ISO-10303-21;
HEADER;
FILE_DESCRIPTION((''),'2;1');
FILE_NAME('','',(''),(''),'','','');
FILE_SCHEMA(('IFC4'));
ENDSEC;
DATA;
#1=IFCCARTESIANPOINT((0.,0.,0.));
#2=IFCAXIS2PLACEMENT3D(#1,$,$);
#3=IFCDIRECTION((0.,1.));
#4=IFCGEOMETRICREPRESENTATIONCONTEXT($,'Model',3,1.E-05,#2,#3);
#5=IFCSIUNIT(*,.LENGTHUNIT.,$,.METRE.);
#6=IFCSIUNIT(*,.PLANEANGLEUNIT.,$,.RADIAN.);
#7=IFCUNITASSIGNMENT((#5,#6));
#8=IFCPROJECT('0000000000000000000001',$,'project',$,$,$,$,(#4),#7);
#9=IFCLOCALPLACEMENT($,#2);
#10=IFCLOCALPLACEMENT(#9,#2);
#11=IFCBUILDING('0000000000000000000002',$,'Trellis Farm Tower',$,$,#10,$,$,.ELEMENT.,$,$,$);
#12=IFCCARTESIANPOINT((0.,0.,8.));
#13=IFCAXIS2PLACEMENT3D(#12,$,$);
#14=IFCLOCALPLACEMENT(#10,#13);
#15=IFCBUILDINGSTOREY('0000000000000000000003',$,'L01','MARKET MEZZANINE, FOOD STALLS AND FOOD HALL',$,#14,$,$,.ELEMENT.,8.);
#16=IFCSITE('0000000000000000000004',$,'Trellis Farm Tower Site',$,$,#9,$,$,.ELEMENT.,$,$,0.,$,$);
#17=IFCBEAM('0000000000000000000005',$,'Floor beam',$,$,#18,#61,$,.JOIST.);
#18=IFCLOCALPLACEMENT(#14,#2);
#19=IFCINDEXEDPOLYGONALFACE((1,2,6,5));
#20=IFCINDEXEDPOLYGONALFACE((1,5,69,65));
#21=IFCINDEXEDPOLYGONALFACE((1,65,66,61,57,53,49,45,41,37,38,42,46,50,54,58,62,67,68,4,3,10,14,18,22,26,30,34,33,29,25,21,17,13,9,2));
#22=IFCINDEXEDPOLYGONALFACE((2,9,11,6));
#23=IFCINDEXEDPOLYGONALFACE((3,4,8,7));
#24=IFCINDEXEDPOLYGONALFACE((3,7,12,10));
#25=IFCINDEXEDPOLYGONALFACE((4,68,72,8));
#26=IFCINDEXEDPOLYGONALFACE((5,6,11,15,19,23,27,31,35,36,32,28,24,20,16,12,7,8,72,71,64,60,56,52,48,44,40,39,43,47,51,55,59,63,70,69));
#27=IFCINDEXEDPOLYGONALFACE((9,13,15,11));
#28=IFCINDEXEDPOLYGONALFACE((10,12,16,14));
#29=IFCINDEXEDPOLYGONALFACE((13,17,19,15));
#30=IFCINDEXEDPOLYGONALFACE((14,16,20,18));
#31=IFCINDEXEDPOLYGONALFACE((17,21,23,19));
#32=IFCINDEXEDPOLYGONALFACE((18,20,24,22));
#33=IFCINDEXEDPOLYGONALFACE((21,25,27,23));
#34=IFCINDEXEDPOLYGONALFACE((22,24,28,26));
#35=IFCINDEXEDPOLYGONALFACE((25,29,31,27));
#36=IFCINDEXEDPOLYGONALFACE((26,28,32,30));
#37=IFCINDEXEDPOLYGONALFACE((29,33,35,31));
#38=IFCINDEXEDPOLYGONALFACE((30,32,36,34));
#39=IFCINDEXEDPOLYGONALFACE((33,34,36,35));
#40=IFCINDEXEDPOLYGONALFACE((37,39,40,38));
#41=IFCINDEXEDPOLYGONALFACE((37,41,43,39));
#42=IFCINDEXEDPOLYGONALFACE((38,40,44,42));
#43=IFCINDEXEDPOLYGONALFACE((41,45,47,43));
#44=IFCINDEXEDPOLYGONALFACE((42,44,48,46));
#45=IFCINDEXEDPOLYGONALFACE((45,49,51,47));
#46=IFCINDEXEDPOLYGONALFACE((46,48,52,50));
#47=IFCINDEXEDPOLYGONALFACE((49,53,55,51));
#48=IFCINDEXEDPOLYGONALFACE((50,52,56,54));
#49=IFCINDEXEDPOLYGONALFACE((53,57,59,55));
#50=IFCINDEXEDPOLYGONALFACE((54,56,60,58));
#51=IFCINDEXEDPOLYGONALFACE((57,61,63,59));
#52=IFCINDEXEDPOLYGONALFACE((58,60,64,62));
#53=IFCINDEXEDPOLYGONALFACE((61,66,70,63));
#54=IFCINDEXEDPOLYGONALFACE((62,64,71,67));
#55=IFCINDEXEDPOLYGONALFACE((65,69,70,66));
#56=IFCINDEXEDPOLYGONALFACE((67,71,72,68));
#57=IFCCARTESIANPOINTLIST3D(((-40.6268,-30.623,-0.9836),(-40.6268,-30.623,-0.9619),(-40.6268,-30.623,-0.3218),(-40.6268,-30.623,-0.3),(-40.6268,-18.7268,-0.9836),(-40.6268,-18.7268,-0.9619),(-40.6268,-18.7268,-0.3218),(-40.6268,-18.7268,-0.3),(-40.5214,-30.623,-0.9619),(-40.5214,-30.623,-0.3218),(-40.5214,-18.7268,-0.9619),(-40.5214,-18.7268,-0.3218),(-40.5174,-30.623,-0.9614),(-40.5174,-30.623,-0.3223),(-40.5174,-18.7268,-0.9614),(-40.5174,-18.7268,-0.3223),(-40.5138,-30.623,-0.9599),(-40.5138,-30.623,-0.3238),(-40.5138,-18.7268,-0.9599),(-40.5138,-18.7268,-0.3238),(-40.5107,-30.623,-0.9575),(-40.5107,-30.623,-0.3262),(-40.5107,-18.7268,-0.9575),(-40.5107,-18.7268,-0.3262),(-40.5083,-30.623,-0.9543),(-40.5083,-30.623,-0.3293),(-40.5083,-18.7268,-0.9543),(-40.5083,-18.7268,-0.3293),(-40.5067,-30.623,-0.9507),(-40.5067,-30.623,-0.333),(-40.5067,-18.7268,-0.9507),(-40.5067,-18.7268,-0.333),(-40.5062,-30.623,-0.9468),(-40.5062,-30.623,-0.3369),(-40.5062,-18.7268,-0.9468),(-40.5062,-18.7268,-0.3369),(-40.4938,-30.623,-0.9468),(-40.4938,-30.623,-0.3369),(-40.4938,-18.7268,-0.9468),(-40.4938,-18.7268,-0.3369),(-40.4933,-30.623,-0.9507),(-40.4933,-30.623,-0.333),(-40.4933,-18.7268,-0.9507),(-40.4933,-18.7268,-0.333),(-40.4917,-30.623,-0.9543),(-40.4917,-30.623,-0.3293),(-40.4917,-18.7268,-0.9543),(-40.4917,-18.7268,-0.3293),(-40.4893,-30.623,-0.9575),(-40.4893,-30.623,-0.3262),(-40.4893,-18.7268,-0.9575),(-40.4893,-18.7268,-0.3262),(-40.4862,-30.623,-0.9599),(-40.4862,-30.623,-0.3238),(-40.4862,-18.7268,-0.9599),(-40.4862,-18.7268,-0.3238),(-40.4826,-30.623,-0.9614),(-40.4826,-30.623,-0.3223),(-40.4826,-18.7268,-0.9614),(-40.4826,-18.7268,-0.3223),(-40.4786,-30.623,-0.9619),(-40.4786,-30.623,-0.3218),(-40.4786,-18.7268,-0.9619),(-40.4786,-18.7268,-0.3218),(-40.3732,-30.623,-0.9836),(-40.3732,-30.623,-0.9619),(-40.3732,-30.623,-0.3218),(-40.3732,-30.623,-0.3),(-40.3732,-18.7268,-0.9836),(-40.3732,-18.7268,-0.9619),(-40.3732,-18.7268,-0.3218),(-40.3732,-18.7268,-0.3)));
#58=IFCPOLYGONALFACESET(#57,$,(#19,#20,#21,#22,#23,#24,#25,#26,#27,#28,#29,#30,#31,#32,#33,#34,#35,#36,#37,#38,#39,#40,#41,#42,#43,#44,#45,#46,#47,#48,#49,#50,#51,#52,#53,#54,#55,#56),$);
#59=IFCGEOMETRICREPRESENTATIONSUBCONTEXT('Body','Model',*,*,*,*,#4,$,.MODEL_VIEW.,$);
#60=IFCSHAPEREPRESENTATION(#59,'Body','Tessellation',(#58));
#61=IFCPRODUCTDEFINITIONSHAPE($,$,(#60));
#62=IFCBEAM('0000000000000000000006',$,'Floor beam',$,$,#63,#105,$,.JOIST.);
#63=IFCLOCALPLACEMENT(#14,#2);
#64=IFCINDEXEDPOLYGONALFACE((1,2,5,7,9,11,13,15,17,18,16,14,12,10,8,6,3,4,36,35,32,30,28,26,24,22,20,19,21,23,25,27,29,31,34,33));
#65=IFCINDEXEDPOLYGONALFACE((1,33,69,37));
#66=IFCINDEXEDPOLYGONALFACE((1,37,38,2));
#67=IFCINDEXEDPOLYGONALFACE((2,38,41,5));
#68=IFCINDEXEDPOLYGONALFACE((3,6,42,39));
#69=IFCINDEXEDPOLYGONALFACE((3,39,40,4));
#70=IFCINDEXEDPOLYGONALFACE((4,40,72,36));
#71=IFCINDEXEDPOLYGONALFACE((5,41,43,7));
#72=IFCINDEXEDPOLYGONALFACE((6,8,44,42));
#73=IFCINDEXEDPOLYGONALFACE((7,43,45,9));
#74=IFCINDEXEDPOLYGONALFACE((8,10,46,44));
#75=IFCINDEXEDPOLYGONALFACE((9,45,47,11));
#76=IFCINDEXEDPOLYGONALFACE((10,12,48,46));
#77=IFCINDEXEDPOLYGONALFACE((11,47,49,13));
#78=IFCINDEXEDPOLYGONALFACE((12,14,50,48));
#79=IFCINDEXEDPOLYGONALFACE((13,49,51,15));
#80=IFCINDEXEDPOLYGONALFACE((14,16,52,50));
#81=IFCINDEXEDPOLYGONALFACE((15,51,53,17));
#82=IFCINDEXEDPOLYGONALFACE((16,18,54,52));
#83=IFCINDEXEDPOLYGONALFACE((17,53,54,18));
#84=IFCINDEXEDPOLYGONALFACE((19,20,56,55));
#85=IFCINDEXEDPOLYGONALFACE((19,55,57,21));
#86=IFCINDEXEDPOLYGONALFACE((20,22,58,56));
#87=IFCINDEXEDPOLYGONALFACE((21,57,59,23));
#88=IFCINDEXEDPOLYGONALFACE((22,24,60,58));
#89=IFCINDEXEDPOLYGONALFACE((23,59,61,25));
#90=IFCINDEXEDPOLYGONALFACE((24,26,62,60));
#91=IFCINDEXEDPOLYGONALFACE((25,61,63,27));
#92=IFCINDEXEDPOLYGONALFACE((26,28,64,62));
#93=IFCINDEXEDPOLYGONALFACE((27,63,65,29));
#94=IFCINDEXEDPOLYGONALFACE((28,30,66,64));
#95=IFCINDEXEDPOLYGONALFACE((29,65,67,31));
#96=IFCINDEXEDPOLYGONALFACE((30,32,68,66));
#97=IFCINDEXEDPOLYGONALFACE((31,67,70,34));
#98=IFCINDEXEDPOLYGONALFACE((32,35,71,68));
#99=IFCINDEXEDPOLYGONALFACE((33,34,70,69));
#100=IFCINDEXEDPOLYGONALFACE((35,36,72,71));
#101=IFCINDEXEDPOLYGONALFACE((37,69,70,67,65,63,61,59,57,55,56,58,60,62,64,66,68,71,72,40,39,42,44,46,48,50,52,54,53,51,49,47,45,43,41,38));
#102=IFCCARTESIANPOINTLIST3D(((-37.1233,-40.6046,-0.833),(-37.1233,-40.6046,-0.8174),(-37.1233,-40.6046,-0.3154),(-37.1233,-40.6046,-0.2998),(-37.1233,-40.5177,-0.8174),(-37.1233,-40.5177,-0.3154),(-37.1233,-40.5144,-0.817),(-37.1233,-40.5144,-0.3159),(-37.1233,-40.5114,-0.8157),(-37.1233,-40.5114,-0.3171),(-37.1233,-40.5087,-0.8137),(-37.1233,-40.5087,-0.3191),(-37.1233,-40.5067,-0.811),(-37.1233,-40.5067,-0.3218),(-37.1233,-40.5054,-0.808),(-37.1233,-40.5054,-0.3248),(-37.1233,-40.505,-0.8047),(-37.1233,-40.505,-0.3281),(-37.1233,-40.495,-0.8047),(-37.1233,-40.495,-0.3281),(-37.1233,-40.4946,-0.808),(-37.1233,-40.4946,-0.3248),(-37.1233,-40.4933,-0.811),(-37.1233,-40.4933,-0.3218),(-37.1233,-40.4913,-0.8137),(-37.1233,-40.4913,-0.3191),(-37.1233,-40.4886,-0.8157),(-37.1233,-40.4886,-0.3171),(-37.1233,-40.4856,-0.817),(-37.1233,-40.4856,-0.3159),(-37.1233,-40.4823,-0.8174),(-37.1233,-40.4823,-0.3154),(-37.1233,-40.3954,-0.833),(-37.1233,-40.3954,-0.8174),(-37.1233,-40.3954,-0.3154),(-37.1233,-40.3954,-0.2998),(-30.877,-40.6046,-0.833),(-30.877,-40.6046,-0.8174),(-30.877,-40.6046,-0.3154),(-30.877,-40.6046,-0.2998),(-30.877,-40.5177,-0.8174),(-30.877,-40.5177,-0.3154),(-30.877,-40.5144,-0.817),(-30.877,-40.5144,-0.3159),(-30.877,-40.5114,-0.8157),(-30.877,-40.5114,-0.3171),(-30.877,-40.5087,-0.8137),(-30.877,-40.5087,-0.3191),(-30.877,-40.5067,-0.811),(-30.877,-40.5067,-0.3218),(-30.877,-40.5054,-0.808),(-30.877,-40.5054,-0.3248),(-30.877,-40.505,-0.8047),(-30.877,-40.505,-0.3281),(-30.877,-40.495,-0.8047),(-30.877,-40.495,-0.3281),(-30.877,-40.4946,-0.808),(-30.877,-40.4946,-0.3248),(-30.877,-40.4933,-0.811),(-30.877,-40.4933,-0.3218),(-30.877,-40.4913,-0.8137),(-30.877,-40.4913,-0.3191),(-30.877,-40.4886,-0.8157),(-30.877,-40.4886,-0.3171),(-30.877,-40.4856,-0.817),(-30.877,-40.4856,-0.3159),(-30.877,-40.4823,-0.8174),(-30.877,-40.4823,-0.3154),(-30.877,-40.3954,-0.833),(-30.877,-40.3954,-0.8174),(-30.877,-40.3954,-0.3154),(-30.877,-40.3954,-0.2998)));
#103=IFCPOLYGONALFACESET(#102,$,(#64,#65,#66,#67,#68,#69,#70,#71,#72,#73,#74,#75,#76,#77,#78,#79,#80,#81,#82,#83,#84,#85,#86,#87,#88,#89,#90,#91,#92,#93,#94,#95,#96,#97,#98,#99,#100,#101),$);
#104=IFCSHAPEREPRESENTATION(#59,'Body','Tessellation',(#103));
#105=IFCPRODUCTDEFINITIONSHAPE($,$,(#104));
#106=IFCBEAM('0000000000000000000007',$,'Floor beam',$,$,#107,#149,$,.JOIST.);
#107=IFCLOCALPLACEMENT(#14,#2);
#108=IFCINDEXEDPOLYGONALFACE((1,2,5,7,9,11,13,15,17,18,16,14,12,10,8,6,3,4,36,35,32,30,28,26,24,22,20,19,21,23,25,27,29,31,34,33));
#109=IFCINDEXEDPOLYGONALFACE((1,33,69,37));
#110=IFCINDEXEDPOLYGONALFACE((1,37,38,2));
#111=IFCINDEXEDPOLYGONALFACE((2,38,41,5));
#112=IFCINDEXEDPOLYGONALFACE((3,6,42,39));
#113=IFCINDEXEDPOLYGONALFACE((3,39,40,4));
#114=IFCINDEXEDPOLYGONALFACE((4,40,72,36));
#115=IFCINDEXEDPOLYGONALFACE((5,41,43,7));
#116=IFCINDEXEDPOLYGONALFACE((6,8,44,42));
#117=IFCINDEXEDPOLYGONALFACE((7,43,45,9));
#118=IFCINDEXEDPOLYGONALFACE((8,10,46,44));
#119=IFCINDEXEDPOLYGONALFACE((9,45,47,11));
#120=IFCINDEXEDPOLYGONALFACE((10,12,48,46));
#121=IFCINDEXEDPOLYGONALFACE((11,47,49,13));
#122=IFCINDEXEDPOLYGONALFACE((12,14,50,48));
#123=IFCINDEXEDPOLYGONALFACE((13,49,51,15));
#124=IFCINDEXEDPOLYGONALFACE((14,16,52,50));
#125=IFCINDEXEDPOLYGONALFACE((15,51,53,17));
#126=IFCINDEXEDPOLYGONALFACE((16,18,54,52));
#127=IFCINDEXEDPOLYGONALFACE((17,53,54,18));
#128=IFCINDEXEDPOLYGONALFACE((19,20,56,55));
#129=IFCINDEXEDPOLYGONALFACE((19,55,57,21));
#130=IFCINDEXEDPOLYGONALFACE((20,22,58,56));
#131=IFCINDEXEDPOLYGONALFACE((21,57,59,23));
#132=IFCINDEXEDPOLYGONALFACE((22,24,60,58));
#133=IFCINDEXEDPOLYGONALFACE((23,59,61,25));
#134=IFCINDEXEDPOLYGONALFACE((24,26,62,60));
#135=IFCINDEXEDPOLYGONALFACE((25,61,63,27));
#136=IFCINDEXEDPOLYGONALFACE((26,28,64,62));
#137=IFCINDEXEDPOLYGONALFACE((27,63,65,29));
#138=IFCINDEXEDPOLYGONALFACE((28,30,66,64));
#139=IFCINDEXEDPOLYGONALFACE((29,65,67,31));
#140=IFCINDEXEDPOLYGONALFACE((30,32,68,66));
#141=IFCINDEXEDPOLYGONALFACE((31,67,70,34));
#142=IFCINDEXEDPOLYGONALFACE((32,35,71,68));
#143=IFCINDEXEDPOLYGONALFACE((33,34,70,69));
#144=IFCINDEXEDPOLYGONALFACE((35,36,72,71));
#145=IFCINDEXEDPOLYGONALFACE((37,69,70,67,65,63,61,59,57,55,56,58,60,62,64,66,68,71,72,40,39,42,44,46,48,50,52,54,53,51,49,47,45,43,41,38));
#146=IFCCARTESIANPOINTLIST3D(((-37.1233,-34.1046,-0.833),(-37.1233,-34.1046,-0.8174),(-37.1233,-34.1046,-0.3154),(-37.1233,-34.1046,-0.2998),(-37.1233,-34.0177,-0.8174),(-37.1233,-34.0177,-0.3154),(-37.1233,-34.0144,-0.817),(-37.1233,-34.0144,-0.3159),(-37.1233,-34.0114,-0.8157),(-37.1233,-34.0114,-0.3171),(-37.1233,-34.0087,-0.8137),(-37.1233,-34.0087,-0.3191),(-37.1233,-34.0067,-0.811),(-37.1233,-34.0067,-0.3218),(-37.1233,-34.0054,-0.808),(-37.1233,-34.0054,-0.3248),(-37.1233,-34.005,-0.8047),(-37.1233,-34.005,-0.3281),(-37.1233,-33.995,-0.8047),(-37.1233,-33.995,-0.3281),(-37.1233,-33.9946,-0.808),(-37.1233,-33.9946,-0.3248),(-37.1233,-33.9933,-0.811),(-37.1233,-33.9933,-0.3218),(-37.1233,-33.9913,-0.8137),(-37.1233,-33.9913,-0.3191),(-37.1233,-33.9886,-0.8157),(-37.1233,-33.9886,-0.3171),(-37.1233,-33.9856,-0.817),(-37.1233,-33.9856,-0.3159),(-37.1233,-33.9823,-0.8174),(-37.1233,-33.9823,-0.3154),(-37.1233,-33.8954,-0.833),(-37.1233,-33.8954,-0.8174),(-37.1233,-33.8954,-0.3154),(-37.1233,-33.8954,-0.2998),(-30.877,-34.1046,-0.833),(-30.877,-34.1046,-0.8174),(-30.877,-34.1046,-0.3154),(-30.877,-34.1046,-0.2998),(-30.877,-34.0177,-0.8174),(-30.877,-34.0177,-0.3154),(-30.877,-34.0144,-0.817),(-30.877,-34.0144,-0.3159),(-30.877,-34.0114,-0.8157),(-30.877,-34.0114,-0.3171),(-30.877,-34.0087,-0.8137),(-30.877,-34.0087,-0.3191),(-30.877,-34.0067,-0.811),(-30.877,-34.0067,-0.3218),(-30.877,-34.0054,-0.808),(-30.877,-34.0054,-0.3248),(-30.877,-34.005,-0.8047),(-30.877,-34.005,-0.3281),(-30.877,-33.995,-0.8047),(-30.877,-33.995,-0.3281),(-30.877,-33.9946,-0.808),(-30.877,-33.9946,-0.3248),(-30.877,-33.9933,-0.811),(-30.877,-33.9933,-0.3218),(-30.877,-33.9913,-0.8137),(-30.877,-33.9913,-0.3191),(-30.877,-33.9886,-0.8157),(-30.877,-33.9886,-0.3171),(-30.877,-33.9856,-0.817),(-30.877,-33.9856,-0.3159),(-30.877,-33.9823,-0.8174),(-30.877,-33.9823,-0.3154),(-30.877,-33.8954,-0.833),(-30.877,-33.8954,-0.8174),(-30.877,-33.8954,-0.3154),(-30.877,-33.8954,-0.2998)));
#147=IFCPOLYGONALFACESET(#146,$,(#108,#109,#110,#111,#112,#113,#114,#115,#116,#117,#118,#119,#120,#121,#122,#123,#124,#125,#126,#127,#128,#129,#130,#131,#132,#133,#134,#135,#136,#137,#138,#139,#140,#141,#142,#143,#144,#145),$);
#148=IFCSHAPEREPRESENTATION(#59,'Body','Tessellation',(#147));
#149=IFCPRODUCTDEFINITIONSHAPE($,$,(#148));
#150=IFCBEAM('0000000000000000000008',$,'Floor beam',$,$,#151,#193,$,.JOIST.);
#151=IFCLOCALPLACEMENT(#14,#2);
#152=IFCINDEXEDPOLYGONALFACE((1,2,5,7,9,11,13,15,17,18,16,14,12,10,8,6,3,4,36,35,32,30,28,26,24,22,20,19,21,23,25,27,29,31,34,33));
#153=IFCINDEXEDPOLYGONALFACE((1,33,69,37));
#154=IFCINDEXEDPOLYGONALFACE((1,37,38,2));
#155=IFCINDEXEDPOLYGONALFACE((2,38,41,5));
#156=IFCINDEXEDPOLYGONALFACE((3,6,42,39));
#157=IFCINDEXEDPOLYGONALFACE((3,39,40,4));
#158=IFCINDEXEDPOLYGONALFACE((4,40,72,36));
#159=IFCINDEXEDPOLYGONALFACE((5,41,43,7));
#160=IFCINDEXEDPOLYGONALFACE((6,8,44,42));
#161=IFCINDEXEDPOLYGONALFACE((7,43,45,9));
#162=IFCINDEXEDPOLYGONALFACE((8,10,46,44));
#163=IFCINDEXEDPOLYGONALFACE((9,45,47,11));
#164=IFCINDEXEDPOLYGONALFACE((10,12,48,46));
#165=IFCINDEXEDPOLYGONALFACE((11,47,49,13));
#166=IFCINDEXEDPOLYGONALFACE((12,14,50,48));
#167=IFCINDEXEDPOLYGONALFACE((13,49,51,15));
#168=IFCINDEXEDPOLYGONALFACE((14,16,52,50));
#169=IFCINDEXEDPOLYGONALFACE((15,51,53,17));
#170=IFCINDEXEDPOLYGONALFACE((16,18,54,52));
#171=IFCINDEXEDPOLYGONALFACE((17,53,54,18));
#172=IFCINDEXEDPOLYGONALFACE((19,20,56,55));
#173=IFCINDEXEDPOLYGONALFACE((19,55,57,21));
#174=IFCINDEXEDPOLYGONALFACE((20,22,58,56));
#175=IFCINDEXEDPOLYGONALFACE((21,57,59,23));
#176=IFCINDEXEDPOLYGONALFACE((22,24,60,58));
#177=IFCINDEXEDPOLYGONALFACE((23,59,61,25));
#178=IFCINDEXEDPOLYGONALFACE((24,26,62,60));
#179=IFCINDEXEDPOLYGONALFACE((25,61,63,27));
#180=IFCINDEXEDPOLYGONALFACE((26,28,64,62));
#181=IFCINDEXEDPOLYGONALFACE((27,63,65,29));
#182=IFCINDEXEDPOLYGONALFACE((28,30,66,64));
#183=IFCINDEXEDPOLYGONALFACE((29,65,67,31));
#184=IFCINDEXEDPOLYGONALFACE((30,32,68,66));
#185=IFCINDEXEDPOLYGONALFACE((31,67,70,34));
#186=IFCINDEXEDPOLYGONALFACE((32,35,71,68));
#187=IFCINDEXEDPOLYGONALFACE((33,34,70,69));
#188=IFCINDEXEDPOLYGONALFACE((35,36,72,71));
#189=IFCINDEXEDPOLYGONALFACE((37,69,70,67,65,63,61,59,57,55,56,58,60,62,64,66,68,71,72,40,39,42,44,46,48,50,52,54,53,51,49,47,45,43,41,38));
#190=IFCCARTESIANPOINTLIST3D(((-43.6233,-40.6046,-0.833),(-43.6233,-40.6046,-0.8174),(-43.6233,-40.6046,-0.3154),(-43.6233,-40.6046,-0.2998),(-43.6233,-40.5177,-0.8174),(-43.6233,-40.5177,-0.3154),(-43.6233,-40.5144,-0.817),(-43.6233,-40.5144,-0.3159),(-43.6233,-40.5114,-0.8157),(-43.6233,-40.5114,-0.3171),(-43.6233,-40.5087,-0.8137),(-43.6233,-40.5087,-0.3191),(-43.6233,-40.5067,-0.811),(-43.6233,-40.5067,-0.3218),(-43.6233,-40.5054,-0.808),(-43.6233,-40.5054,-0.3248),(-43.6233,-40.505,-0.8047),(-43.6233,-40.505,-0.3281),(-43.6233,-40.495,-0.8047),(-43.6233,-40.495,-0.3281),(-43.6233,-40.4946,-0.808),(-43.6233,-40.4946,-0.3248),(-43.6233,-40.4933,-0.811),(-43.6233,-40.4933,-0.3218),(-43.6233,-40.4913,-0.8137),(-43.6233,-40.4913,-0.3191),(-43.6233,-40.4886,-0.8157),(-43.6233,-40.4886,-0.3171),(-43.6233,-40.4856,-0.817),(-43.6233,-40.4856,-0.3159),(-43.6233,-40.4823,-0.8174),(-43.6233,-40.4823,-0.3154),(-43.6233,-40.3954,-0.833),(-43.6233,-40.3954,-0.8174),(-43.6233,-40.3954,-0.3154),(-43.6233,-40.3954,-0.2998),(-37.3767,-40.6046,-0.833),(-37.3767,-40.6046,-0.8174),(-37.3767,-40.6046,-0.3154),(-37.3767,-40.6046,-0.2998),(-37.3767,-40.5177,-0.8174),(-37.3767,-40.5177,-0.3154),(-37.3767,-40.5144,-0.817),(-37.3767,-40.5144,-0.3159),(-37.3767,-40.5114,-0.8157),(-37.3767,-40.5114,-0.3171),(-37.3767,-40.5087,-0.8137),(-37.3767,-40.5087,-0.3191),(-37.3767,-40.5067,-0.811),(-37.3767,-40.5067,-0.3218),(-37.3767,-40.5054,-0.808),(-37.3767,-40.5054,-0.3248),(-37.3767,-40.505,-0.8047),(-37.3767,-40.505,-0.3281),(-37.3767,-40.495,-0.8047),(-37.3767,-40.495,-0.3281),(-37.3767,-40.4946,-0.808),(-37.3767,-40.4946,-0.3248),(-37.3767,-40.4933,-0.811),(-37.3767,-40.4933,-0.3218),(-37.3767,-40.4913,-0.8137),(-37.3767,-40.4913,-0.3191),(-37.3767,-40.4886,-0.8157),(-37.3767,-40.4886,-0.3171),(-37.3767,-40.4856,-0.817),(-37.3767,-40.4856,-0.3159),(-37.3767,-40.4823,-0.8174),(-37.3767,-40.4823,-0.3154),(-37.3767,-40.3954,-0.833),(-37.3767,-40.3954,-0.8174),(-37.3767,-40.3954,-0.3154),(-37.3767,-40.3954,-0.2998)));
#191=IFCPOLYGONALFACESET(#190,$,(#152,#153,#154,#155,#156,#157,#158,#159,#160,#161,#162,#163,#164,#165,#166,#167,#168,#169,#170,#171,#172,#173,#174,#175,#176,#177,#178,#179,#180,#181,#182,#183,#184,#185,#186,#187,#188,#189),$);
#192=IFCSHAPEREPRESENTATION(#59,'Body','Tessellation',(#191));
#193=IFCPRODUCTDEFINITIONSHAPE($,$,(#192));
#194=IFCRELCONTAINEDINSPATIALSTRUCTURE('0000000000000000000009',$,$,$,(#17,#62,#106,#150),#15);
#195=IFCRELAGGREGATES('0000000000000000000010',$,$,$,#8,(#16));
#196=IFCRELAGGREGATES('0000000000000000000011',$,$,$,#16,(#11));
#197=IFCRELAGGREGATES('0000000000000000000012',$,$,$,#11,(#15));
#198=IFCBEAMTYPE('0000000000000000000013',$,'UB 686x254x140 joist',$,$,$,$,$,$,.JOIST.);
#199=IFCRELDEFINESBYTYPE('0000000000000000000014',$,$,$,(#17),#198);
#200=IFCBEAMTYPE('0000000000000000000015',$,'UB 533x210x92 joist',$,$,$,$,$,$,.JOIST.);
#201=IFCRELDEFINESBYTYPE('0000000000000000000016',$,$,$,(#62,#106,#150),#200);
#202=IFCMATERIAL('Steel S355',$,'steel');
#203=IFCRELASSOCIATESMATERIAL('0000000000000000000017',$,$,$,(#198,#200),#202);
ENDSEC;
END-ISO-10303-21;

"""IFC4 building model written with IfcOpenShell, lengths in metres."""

from ifc_helpers import new_model, si_unit, direction, frame, origin, origin_2d, place, context, subcontext, project, spatial, i_section, extrude, source, transform, mapped, material, material_profile, profile_set, type_object, element, save


model = new_model("IFC4")

# Units and contexts
model_context = context("Model", 3, precision=1e-05, world=origin(), true_north=direction((0.0, 1.0)))
body_context = subcontext(model_context, "Body", "Model", "MODEL_VIEW")
ifc_project = project(units=[si_unit("LENGTHUNIT", "METRE"), si_unit("PLANEANGLEUNIT", "RADIAN")], contexts=[model_context])

# Site, building, storey
site_placement = place(None, origin())
site = spatial("IfcSite", under=ifc_project, at=site_placement, Name="Trellis Farm Tower Site", CompositionType="ELEMENT", RefElevation=0.0)
building_placement = place(site_placement, origin())
building = spatial("IfcBuilding", under=site, at=building_placement, Name="Trellis Farm Tower", CompositionType="ELEMENT")
storey_placement = place(building_placement, frame((0.0, 0.0, 8.0)))
storey = spatial("IfcBuildingStorey", under=building, at=storey_placement, Name="L01", Description="MARKET MEZZANINE, FOOD STALLS AND FOOD HALL", CompositionType="ELEMENT", Elevation=8.0)

# Beams
ifc_material_1 = material(Name="Steel S355", Category="steel")
ifc_material_profile_1 = material_profile(ifc_material_1, i_section(OverallWidth=0.2537, OverallDepth=0.6836, WebThickness=0.0125, FlangeThickness=0.0217, FilletRadius=0.0151, at=origin_2d()), Name="UB 686x254x140")
ifc_profile_set_1 = profile_set([ifc_material_profile_1], Name="Steel S355")
beam_type_1 = type_object("IfcBeamType", Name="UB 686x254x140 joist", PredefinedType="JOIST", material=ifc_profile_set_1)
shared_shape_1 = source(origin(), body_context, "Body", "SweptSolid", [
    extrude(i_section(OverallWidth=0.2537, OverallDepth=0.6836, WebThickness=0.0125, FlangeThickness=0.0217, FilletRadius=0.0151, at=origin_2d()), origin(), (0.0, 0.0, 1.0), 11.8962),
])
beam_placement = place(storey_placement, frame((-40.5, -30.623, -0.6418), z_axis=(0.0, 1.0, 0.0), x_axis=(-1.0, 0.0, 0.0)))
element("IfcBeam", 1, at=beam_placement, inside=storey, type_object=beam_type_1, Name="Floor beam", PredefinedType="JOIST", context=body_context, shape_type="MappedRepresentation", body=[
    mapped(shared_shape_1, transform((0.0, 0.0, 0.0))),
])
ifc_material_profile_2 = material_profile(ifc_material_1, i_section(OverallWidth=0.2092, OverallDepth=0.5332, WebThickness=0.01, FlangeThickness=0.0156, FilletRadius=0.0127, at=origin_2d()), Name="UB 533x210x92")
ifc_profile_set_2 = profile_set([ifc_material_profile_2], Name="Steel S355")
beam_type_2 = type_object("IfcBeamType", Name="UB 533x210x92 joist", PredefinedType="JOIST", material=ifc_profile_set_2)
shared_shape_2 = source(origin(), body_context, "Body", "SweptSolid", [
    extrude(i_section(OverallWidth=0.2092, OverallDepth=0.5332, WebThickness=0.01, FlangeThickness=0.0156, FilletRadius=0.0127, at=origin_2d()), origin(), (0.0, 0.0, 1.0), 6.2463),
])
for number, where, z_axis, x_axis, name in (
    (2, (-37.1233, -40.5, -0.5664), (1.0, 0.0, 0.0), (0.0, 1.0, 0.0), "Floor beam"),
    (3, (-37.1233, -34.0, -0.5664), (1.0, 0.0, 0.0), (0.0, 1.0, 0.0), "Floor beam"),
):
    element("IfcBeam", number, at=place(storey_placement, frame(where, z_axis=z_axis, x_axis=x_axis)), inside=storey, type_object=beam_type_2, Name=name, PredefinedType="JOIST", context=body_context, shape_type="MappedRepresentation", body=[
        mapped(shared_shape_2, transform((0.0, 0.0, 0.0))),
    ])
shared_shape_3 = source(origin(), body_context, "Body", "SweptSolid", [
    extrude(i_section(OverallWidth=0.2092, OverallDepth=0.5332, WebThickness=0.01, FlangeThickness=0.0156, FilletRadius=0.0127, at=origin_2d()), origin(), (0.0, 0.0, 1.0), 6.2466),
])
for number, where, z_axis, x_axis, name in (
    (4, (-43.6233, -40.5, -0.5664), (1.0, 0.0, 0.0), (0.0, 1.0, 0.0), "Floor beam"),
):
    element("IfcBeam", number, at=place(storey_placement, frame(where, z_axis=z_axis, x_axis=x_axis)), inside=storey, type_object=beam_type_2, Name=name, PredefinedType="JOIST", context=body_context, shape_type="MappedRepresentation", body=[
        mapped(shared_shape_3, transform((0.0, 0.0, 0.0))),
    ])

save(model, "model.ifc")
